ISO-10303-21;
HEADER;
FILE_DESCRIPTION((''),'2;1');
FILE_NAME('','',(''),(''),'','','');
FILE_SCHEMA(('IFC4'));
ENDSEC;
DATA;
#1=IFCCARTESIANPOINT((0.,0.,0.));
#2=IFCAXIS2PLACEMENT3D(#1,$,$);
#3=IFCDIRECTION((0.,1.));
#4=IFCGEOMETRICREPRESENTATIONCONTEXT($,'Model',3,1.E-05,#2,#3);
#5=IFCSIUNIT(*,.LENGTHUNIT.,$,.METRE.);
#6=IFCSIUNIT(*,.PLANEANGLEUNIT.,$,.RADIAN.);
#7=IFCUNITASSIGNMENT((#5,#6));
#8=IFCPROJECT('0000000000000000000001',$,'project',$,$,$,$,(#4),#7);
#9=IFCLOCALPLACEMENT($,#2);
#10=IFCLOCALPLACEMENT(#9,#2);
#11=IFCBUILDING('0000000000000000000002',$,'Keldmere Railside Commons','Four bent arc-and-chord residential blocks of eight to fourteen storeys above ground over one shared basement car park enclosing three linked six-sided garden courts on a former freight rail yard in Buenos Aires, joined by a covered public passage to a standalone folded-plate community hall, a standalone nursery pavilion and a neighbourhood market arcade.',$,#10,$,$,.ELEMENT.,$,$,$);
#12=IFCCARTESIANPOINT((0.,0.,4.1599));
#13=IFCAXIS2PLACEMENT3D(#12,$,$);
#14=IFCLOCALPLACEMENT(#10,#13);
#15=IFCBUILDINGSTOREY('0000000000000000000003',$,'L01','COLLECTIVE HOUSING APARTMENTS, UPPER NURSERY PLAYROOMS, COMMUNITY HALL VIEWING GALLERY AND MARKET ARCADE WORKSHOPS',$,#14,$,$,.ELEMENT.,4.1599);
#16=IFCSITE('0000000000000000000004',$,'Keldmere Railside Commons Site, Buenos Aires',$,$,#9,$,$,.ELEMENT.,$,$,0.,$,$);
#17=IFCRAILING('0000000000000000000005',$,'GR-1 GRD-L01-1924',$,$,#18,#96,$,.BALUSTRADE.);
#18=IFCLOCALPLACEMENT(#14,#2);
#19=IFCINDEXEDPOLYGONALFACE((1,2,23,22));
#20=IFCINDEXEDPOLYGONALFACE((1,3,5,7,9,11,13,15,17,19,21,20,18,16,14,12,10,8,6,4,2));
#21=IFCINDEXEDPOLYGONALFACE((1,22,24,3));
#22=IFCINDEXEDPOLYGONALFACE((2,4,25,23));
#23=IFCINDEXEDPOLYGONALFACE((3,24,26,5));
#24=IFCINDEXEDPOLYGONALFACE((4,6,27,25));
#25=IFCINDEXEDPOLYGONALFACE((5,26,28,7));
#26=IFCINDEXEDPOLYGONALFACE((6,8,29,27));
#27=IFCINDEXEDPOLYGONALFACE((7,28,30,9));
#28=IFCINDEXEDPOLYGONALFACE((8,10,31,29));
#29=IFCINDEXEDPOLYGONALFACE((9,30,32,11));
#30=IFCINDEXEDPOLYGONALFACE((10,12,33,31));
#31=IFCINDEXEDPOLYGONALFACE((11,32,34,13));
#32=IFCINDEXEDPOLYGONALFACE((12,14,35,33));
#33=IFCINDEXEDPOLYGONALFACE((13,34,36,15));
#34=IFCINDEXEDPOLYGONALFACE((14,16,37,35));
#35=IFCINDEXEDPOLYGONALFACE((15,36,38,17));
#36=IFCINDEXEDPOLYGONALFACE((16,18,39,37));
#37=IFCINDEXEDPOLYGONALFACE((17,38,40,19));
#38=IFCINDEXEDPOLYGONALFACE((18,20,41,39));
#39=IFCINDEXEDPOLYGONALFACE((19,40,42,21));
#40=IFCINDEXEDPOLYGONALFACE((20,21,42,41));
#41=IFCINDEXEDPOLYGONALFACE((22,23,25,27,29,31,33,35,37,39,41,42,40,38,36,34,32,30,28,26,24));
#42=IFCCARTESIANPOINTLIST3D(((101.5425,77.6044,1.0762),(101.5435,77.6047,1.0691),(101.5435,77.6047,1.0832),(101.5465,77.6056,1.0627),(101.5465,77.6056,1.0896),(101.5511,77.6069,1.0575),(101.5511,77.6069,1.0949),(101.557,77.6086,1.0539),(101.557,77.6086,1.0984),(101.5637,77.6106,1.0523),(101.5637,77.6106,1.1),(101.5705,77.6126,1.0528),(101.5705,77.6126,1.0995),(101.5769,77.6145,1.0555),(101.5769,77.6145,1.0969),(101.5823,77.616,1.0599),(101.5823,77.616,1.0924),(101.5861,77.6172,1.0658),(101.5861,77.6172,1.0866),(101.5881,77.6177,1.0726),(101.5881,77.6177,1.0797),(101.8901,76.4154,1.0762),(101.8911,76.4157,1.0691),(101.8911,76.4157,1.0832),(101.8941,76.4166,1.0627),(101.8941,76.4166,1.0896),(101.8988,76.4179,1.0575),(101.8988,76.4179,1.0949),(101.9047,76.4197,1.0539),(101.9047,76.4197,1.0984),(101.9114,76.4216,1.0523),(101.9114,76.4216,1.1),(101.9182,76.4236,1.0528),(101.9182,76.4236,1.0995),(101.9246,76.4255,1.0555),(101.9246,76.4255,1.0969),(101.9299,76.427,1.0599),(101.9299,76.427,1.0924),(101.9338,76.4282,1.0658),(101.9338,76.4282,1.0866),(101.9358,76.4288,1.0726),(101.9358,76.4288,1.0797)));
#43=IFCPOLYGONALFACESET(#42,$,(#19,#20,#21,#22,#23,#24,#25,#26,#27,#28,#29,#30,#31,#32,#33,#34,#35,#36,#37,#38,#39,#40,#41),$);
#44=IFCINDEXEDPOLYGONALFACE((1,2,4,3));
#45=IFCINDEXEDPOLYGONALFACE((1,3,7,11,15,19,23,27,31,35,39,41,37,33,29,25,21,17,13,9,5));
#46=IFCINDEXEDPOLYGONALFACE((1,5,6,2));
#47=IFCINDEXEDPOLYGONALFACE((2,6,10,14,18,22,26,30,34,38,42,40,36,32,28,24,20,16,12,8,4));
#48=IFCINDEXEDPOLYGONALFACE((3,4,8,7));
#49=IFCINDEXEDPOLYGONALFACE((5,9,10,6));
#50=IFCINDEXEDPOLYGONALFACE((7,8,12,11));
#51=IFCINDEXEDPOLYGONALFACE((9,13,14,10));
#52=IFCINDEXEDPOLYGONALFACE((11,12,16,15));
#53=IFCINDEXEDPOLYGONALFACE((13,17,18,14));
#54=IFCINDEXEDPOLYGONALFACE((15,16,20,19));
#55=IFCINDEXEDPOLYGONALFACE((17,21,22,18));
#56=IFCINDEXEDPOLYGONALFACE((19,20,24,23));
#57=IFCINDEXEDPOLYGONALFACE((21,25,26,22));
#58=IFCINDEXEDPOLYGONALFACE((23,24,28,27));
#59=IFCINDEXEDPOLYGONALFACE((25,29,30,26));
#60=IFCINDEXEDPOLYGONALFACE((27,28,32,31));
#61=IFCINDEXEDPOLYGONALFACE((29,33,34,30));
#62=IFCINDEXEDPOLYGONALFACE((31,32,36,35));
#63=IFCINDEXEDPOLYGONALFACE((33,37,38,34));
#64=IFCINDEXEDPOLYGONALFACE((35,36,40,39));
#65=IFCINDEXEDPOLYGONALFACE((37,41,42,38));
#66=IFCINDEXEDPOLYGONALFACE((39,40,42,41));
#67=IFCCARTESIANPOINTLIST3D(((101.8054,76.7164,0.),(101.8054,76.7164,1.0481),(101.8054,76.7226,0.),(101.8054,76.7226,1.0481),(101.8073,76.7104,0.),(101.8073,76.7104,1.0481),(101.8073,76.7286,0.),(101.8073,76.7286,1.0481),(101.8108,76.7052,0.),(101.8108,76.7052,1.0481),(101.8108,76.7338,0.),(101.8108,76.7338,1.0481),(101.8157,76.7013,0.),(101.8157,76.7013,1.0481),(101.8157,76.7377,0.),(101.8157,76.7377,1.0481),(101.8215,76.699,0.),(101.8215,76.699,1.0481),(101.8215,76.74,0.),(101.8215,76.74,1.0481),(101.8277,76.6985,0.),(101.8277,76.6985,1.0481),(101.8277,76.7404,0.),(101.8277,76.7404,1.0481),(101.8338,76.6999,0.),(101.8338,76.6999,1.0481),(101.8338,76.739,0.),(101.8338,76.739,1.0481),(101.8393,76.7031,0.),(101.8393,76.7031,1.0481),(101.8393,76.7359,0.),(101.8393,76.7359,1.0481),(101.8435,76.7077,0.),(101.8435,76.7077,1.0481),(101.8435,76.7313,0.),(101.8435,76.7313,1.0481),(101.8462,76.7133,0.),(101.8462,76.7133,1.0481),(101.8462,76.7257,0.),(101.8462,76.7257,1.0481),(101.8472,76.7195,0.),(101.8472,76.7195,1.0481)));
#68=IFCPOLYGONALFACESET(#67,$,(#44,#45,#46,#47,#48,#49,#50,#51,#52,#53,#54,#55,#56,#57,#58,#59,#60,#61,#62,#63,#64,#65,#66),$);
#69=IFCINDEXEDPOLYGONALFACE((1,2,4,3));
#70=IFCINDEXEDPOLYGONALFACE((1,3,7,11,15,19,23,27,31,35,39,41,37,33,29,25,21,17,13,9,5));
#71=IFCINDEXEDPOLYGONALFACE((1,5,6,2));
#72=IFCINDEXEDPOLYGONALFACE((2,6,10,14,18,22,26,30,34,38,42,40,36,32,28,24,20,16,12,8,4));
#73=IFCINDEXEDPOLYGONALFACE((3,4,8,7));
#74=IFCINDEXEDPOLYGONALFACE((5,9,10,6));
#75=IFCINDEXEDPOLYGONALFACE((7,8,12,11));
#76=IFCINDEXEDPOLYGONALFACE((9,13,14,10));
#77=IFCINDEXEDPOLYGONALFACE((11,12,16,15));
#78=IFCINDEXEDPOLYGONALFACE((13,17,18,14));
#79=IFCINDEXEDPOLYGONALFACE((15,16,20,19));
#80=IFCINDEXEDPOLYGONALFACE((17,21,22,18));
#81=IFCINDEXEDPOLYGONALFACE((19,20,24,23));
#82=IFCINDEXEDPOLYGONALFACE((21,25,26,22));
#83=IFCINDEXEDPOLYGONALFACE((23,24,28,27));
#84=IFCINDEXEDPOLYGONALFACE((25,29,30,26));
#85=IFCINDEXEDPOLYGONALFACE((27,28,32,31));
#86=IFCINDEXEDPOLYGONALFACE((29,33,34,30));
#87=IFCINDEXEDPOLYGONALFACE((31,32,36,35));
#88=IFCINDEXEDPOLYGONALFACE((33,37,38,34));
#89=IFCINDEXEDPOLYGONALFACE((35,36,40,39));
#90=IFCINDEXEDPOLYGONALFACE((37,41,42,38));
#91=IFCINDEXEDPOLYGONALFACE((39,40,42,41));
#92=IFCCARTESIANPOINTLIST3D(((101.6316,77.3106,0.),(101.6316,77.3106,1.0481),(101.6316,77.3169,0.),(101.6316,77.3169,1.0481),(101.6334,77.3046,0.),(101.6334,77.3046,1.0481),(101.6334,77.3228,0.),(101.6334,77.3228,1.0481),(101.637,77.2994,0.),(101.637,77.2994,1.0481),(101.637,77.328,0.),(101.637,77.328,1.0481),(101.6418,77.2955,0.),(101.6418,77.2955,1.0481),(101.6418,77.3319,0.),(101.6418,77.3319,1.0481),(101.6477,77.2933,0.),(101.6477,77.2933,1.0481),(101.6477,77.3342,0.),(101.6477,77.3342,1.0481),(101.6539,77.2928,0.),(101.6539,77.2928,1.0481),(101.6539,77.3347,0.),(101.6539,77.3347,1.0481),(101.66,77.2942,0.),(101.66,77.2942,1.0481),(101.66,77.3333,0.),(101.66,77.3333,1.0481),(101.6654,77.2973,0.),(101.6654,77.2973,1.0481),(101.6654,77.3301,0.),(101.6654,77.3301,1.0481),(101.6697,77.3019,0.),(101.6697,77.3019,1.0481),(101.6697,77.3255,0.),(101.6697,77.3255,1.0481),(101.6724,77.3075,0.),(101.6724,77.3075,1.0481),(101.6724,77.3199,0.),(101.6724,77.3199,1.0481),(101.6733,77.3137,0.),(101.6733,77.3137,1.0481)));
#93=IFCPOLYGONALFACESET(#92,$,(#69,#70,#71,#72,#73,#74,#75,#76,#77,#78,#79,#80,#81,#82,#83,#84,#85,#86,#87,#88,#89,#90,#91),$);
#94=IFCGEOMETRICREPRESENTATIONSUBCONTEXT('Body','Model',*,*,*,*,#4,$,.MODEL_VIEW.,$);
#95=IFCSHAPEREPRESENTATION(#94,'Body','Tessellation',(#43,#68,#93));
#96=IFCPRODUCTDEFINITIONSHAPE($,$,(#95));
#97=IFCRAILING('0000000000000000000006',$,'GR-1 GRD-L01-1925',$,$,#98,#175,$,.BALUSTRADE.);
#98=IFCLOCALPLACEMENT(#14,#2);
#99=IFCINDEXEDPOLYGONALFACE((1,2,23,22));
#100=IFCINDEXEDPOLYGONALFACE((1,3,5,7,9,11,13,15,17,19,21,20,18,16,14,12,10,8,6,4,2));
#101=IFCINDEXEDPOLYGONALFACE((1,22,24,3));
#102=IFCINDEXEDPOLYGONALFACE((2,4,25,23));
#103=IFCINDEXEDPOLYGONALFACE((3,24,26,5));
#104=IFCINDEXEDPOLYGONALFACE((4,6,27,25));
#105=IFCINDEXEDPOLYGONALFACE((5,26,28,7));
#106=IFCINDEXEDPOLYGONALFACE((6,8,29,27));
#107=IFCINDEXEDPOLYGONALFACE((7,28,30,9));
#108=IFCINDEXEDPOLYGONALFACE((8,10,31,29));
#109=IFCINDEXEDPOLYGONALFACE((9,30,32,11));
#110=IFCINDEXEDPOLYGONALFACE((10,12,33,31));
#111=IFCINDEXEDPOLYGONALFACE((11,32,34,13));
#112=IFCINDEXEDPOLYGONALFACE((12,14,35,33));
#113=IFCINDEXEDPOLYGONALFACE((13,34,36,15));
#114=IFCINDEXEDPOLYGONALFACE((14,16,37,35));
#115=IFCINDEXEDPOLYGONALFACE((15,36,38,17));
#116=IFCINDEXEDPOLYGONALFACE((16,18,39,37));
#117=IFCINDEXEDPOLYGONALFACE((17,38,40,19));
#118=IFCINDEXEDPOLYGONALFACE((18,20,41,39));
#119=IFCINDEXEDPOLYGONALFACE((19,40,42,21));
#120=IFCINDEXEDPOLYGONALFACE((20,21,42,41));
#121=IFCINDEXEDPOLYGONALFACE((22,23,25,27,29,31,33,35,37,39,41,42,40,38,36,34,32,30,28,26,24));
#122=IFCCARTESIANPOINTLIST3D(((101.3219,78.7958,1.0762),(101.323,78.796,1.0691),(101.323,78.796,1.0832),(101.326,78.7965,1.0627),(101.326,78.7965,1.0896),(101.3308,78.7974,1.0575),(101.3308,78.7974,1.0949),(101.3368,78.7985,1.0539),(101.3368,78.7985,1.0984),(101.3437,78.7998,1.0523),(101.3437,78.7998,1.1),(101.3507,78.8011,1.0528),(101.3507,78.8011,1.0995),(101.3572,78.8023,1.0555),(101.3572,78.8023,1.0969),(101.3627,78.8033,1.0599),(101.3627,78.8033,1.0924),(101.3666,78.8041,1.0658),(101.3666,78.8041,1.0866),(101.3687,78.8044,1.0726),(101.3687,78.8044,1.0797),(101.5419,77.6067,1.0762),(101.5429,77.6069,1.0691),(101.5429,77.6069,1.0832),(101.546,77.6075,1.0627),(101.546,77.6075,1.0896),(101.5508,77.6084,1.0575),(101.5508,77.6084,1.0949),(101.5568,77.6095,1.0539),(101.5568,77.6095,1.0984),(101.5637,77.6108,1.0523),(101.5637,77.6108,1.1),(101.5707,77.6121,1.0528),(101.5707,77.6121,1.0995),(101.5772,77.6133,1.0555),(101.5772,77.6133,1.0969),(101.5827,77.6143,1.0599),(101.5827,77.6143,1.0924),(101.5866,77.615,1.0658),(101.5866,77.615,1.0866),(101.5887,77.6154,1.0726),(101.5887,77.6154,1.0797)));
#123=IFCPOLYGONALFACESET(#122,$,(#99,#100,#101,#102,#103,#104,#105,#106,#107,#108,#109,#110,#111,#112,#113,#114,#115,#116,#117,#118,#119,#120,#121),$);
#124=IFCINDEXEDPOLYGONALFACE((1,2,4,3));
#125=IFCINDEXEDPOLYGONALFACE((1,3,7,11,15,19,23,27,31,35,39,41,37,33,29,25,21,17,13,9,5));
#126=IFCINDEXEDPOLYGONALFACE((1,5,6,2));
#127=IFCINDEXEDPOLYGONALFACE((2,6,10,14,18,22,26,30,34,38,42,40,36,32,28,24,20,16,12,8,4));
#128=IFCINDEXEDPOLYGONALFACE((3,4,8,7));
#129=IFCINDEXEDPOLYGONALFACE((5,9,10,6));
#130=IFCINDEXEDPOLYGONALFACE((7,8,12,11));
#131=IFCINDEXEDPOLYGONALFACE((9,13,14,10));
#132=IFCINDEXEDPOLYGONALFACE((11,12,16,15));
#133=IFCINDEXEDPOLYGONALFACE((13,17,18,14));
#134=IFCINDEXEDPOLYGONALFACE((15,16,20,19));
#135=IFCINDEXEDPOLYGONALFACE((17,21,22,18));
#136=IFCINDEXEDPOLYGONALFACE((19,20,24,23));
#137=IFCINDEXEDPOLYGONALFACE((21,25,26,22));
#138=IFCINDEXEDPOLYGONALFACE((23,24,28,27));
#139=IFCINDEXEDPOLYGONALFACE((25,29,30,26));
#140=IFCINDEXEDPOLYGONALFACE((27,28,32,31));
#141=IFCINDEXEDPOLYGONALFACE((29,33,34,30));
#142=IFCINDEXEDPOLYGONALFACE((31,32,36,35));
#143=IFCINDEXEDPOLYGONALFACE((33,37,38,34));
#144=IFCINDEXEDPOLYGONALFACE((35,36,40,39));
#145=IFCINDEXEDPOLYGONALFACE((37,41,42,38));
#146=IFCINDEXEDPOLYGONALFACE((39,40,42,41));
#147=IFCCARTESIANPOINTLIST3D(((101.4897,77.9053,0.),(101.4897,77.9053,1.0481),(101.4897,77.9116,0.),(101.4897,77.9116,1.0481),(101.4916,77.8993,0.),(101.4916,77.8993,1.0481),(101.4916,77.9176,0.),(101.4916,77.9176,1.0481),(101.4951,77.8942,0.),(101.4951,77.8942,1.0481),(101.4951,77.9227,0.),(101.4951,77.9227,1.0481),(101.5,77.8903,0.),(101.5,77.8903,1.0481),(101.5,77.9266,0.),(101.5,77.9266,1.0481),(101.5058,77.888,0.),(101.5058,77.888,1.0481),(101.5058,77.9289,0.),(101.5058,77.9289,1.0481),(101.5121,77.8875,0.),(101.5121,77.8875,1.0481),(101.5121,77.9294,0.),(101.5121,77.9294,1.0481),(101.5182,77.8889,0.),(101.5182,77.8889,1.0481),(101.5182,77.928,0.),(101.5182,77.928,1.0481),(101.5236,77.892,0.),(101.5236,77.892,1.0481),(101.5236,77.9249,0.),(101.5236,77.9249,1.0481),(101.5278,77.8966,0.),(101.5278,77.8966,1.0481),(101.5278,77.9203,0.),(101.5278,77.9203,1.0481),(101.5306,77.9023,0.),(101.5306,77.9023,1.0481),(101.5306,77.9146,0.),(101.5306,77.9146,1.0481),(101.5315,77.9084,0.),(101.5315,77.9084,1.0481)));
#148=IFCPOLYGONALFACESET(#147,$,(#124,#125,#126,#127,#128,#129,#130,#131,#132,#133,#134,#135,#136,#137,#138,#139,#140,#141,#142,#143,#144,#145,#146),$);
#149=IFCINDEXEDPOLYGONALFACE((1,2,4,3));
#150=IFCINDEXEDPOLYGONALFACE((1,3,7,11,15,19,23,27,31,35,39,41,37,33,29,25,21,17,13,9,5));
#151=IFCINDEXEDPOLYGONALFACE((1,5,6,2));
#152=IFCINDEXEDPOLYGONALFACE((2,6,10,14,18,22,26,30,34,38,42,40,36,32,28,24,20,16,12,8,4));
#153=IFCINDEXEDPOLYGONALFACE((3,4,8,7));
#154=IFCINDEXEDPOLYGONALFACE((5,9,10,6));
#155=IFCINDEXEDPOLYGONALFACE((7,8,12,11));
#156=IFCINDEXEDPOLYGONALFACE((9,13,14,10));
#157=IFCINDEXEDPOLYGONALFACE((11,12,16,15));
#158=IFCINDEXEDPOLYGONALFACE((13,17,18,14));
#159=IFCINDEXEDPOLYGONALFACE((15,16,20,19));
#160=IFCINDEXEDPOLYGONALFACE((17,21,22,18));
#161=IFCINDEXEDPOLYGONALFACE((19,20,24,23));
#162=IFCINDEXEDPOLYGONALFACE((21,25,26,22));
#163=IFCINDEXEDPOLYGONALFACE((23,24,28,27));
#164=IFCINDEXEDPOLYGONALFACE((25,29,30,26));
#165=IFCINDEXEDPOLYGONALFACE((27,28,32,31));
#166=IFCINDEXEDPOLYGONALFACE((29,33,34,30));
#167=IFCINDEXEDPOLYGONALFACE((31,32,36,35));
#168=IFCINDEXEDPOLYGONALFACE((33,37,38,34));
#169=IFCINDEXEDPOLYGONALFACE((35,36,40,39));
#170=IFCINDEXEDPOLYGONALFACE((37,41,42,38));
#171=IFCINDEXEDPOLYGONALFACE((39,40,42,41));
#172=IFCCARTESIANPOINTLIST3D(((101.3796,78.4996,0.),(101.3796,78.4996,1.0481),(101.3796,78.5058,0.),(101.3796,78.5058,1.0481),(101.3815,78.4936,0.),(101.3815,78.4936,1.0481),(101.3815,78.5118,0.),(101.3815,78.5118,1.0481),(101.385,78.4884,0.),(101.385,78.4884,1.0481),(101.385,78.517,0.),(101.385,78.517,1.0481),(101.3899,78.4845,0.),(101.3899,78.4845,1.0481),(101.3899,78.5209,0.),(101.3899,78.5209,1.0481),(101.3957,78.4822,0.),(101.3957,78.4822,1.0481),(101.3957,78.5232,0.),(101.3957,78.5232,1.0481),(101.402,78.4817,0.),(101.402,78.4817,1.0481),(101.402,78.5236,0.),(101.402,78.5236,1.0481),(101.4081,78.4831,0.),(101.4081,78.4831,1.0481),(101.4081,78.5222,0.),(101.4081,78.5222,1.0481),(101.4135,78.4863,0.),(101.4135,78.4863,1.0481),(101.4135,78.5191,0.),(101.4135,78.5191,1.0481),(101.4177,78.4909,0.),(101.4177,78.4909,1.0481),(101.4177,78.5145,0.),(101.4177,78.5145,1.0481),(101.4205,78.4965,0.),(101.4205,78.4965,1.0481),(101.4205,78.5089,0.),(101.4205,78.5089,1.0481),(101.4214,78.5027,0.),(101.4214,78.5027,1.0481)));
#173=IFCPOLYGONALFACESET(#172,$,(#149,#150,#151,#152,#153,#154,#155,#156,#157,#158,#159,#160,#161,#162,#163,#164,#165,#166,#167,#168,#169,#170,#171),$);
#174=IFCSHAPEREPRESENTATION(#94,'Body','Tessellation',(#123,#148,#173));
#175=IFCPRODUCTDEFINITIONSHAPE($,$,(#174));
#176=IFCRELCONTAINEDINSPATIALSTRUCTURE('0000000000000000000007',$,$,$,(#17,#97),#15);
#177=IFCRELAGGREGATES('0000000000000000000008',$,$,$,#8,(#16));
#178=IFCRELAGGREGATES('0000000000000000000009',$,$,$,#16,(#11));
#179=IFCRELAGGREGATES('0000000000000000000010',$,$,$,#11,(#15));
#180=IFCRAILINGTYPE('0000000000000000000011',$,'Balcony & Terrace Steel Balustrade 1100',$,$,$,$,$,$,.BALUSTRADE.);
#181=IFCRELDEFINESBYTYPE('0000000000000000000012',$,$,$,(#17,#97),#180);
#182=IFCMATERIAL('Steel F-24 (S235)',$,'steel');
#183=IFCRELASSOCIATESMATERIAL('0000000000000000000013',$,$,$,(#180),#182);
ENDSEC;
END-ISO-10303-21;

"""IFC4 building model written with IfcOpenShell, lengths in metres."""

from ifc_helpers import new_model, si_unit, direction, frame, origin, origin_2d, place, context, subcontext, project, spatial, circle, extrude, material, type_object, element, save


model = new_model("IFC4")

# Units and contexts
model_context = context("Model", 3, precision=1e-05, world=origin(), true_north=direction((0.0, 1.0)))
body_context = subcontext(model_context, "Body", "Model", "MODEL_VIEW")
ifc_project = project(units=[si_unit("LENGTHUNIT", "METRE"), si_unit("PLANEANGLEUNIT", "RADIAN")], contexts=[model_context])

# Site, building, storey
site_placement = place(None, origin())
site = spatial("IfcSite", under=ifc_project, at=site_placement, Name="Keldmere Railside Commons Site, Buenos Aires", CompositionType="ELEMENT", RefElevation=0.0)
building_placement = place(site_placement, origin())
building = spatial("IfcBuilding", under=site, at=building_placement, Name="Keldmere Railside Commons", Description="Four bent arc-and-chord residential blocks of eight to fourteen storeys above ground over one shared basement car park enclosing three linked six-sided garden courts on a former freight rail yard in Buenos Aires, joined by a covered public passage to a standalone folded-plate community hall, a standalone nursery pavilion and a neighbourhood market arcade.", CompositionType="ELEMENT")
storey_placement = place(building_placement, frame((0.0, 0.0, 4.1599)))
storey = spatial("IfcBuildingStorey", under=building, at=storey_placement, Name="L01", Description="COLLECTIVE HOUSING APARTMENTS, UPPER NURSERY PLAYROOMS, COMMUNITY HALL VIEWING GALLERY AND MARKET ARCADE WORKSHOPS", CompositionType="ELEMENT", Elevation=4.1599)

# Shared definitions
ifc_material_1 = material(Name="Steel F-24 (S235)", Category="steel")

# Railings
railing_type_1 = type_object("IfcRailingType", Name="Balcony & Terrace Steel Balustrade 1100", PredefinedType="BALUSTRADE", material=ifc_material_1)
railing_1_placement = place(storey_placement, frame((101.9131, 76.4221, 0.0)))
element("IfcRailing", 1, at=railing_1_placement, inside=storey, type_object=railing_type_1, Name="GR-1 GRD-L01-1924", PredefinedType="BALUSTRADE", context=body_context, shape_type="SweptSolid", body=[
    extrude(circle(Radius=0.0239, at=origin_2d()), frame((0.0, 0.0, 1.0762), z_axis=(-0.280651, 0.95981, 0.0), x_axis=(-0.95981, -0.280651, 0.0)), (0.0, 0.0, 1.0), 1.2388),
    extrude(circle(Radius=0.021, at=origin_2d()), frame((-0.0869, 0.2974, 0.0)), (0.0, 0.0, 1.0), 1.0481),
    extrude(circle(Radius=0.021, at=origin_2d()), frame((-0.2607, 0.8916, 0.0)), (0.0, 0.0, 1.0), 1.0481),
])
railing_2_placement = place(storey_placement, frame((101.5654, 77.6111, 0.0)))
element("IfcRailing", 2, at=railing_2_placement, inside=storey, type_object=railing_type_1, Name="GR-1 GRD-L01-1925", PredefinedType="BALUSTRADE", context=body_context, shape_type="SweptSolid", body=[
    extrude(circle(Radius=0.0239, at=origin_2d()), frame((0.0, 0.0, 1.0762), z_axis=(-0.181923, 0.983313, 0.0), x_axis=(-0.983313, -0.181923, 0.0)), (0.0, 0.0, 1.0), 1.2092),
    extrude(circle(Radius=0.021, at=origin_2d()), frame((-0.0549, 0.2974, 0.0)), (0.0, 0.0, 1.0), 1.0481),
    extrude(circle(Radius=0.021, at=origin_2d()), frame((-0.165, 0.8916, 0.0)), (0.0, 0.0, 1.0), 1.0481),
])

save(model, "model.ifc")
